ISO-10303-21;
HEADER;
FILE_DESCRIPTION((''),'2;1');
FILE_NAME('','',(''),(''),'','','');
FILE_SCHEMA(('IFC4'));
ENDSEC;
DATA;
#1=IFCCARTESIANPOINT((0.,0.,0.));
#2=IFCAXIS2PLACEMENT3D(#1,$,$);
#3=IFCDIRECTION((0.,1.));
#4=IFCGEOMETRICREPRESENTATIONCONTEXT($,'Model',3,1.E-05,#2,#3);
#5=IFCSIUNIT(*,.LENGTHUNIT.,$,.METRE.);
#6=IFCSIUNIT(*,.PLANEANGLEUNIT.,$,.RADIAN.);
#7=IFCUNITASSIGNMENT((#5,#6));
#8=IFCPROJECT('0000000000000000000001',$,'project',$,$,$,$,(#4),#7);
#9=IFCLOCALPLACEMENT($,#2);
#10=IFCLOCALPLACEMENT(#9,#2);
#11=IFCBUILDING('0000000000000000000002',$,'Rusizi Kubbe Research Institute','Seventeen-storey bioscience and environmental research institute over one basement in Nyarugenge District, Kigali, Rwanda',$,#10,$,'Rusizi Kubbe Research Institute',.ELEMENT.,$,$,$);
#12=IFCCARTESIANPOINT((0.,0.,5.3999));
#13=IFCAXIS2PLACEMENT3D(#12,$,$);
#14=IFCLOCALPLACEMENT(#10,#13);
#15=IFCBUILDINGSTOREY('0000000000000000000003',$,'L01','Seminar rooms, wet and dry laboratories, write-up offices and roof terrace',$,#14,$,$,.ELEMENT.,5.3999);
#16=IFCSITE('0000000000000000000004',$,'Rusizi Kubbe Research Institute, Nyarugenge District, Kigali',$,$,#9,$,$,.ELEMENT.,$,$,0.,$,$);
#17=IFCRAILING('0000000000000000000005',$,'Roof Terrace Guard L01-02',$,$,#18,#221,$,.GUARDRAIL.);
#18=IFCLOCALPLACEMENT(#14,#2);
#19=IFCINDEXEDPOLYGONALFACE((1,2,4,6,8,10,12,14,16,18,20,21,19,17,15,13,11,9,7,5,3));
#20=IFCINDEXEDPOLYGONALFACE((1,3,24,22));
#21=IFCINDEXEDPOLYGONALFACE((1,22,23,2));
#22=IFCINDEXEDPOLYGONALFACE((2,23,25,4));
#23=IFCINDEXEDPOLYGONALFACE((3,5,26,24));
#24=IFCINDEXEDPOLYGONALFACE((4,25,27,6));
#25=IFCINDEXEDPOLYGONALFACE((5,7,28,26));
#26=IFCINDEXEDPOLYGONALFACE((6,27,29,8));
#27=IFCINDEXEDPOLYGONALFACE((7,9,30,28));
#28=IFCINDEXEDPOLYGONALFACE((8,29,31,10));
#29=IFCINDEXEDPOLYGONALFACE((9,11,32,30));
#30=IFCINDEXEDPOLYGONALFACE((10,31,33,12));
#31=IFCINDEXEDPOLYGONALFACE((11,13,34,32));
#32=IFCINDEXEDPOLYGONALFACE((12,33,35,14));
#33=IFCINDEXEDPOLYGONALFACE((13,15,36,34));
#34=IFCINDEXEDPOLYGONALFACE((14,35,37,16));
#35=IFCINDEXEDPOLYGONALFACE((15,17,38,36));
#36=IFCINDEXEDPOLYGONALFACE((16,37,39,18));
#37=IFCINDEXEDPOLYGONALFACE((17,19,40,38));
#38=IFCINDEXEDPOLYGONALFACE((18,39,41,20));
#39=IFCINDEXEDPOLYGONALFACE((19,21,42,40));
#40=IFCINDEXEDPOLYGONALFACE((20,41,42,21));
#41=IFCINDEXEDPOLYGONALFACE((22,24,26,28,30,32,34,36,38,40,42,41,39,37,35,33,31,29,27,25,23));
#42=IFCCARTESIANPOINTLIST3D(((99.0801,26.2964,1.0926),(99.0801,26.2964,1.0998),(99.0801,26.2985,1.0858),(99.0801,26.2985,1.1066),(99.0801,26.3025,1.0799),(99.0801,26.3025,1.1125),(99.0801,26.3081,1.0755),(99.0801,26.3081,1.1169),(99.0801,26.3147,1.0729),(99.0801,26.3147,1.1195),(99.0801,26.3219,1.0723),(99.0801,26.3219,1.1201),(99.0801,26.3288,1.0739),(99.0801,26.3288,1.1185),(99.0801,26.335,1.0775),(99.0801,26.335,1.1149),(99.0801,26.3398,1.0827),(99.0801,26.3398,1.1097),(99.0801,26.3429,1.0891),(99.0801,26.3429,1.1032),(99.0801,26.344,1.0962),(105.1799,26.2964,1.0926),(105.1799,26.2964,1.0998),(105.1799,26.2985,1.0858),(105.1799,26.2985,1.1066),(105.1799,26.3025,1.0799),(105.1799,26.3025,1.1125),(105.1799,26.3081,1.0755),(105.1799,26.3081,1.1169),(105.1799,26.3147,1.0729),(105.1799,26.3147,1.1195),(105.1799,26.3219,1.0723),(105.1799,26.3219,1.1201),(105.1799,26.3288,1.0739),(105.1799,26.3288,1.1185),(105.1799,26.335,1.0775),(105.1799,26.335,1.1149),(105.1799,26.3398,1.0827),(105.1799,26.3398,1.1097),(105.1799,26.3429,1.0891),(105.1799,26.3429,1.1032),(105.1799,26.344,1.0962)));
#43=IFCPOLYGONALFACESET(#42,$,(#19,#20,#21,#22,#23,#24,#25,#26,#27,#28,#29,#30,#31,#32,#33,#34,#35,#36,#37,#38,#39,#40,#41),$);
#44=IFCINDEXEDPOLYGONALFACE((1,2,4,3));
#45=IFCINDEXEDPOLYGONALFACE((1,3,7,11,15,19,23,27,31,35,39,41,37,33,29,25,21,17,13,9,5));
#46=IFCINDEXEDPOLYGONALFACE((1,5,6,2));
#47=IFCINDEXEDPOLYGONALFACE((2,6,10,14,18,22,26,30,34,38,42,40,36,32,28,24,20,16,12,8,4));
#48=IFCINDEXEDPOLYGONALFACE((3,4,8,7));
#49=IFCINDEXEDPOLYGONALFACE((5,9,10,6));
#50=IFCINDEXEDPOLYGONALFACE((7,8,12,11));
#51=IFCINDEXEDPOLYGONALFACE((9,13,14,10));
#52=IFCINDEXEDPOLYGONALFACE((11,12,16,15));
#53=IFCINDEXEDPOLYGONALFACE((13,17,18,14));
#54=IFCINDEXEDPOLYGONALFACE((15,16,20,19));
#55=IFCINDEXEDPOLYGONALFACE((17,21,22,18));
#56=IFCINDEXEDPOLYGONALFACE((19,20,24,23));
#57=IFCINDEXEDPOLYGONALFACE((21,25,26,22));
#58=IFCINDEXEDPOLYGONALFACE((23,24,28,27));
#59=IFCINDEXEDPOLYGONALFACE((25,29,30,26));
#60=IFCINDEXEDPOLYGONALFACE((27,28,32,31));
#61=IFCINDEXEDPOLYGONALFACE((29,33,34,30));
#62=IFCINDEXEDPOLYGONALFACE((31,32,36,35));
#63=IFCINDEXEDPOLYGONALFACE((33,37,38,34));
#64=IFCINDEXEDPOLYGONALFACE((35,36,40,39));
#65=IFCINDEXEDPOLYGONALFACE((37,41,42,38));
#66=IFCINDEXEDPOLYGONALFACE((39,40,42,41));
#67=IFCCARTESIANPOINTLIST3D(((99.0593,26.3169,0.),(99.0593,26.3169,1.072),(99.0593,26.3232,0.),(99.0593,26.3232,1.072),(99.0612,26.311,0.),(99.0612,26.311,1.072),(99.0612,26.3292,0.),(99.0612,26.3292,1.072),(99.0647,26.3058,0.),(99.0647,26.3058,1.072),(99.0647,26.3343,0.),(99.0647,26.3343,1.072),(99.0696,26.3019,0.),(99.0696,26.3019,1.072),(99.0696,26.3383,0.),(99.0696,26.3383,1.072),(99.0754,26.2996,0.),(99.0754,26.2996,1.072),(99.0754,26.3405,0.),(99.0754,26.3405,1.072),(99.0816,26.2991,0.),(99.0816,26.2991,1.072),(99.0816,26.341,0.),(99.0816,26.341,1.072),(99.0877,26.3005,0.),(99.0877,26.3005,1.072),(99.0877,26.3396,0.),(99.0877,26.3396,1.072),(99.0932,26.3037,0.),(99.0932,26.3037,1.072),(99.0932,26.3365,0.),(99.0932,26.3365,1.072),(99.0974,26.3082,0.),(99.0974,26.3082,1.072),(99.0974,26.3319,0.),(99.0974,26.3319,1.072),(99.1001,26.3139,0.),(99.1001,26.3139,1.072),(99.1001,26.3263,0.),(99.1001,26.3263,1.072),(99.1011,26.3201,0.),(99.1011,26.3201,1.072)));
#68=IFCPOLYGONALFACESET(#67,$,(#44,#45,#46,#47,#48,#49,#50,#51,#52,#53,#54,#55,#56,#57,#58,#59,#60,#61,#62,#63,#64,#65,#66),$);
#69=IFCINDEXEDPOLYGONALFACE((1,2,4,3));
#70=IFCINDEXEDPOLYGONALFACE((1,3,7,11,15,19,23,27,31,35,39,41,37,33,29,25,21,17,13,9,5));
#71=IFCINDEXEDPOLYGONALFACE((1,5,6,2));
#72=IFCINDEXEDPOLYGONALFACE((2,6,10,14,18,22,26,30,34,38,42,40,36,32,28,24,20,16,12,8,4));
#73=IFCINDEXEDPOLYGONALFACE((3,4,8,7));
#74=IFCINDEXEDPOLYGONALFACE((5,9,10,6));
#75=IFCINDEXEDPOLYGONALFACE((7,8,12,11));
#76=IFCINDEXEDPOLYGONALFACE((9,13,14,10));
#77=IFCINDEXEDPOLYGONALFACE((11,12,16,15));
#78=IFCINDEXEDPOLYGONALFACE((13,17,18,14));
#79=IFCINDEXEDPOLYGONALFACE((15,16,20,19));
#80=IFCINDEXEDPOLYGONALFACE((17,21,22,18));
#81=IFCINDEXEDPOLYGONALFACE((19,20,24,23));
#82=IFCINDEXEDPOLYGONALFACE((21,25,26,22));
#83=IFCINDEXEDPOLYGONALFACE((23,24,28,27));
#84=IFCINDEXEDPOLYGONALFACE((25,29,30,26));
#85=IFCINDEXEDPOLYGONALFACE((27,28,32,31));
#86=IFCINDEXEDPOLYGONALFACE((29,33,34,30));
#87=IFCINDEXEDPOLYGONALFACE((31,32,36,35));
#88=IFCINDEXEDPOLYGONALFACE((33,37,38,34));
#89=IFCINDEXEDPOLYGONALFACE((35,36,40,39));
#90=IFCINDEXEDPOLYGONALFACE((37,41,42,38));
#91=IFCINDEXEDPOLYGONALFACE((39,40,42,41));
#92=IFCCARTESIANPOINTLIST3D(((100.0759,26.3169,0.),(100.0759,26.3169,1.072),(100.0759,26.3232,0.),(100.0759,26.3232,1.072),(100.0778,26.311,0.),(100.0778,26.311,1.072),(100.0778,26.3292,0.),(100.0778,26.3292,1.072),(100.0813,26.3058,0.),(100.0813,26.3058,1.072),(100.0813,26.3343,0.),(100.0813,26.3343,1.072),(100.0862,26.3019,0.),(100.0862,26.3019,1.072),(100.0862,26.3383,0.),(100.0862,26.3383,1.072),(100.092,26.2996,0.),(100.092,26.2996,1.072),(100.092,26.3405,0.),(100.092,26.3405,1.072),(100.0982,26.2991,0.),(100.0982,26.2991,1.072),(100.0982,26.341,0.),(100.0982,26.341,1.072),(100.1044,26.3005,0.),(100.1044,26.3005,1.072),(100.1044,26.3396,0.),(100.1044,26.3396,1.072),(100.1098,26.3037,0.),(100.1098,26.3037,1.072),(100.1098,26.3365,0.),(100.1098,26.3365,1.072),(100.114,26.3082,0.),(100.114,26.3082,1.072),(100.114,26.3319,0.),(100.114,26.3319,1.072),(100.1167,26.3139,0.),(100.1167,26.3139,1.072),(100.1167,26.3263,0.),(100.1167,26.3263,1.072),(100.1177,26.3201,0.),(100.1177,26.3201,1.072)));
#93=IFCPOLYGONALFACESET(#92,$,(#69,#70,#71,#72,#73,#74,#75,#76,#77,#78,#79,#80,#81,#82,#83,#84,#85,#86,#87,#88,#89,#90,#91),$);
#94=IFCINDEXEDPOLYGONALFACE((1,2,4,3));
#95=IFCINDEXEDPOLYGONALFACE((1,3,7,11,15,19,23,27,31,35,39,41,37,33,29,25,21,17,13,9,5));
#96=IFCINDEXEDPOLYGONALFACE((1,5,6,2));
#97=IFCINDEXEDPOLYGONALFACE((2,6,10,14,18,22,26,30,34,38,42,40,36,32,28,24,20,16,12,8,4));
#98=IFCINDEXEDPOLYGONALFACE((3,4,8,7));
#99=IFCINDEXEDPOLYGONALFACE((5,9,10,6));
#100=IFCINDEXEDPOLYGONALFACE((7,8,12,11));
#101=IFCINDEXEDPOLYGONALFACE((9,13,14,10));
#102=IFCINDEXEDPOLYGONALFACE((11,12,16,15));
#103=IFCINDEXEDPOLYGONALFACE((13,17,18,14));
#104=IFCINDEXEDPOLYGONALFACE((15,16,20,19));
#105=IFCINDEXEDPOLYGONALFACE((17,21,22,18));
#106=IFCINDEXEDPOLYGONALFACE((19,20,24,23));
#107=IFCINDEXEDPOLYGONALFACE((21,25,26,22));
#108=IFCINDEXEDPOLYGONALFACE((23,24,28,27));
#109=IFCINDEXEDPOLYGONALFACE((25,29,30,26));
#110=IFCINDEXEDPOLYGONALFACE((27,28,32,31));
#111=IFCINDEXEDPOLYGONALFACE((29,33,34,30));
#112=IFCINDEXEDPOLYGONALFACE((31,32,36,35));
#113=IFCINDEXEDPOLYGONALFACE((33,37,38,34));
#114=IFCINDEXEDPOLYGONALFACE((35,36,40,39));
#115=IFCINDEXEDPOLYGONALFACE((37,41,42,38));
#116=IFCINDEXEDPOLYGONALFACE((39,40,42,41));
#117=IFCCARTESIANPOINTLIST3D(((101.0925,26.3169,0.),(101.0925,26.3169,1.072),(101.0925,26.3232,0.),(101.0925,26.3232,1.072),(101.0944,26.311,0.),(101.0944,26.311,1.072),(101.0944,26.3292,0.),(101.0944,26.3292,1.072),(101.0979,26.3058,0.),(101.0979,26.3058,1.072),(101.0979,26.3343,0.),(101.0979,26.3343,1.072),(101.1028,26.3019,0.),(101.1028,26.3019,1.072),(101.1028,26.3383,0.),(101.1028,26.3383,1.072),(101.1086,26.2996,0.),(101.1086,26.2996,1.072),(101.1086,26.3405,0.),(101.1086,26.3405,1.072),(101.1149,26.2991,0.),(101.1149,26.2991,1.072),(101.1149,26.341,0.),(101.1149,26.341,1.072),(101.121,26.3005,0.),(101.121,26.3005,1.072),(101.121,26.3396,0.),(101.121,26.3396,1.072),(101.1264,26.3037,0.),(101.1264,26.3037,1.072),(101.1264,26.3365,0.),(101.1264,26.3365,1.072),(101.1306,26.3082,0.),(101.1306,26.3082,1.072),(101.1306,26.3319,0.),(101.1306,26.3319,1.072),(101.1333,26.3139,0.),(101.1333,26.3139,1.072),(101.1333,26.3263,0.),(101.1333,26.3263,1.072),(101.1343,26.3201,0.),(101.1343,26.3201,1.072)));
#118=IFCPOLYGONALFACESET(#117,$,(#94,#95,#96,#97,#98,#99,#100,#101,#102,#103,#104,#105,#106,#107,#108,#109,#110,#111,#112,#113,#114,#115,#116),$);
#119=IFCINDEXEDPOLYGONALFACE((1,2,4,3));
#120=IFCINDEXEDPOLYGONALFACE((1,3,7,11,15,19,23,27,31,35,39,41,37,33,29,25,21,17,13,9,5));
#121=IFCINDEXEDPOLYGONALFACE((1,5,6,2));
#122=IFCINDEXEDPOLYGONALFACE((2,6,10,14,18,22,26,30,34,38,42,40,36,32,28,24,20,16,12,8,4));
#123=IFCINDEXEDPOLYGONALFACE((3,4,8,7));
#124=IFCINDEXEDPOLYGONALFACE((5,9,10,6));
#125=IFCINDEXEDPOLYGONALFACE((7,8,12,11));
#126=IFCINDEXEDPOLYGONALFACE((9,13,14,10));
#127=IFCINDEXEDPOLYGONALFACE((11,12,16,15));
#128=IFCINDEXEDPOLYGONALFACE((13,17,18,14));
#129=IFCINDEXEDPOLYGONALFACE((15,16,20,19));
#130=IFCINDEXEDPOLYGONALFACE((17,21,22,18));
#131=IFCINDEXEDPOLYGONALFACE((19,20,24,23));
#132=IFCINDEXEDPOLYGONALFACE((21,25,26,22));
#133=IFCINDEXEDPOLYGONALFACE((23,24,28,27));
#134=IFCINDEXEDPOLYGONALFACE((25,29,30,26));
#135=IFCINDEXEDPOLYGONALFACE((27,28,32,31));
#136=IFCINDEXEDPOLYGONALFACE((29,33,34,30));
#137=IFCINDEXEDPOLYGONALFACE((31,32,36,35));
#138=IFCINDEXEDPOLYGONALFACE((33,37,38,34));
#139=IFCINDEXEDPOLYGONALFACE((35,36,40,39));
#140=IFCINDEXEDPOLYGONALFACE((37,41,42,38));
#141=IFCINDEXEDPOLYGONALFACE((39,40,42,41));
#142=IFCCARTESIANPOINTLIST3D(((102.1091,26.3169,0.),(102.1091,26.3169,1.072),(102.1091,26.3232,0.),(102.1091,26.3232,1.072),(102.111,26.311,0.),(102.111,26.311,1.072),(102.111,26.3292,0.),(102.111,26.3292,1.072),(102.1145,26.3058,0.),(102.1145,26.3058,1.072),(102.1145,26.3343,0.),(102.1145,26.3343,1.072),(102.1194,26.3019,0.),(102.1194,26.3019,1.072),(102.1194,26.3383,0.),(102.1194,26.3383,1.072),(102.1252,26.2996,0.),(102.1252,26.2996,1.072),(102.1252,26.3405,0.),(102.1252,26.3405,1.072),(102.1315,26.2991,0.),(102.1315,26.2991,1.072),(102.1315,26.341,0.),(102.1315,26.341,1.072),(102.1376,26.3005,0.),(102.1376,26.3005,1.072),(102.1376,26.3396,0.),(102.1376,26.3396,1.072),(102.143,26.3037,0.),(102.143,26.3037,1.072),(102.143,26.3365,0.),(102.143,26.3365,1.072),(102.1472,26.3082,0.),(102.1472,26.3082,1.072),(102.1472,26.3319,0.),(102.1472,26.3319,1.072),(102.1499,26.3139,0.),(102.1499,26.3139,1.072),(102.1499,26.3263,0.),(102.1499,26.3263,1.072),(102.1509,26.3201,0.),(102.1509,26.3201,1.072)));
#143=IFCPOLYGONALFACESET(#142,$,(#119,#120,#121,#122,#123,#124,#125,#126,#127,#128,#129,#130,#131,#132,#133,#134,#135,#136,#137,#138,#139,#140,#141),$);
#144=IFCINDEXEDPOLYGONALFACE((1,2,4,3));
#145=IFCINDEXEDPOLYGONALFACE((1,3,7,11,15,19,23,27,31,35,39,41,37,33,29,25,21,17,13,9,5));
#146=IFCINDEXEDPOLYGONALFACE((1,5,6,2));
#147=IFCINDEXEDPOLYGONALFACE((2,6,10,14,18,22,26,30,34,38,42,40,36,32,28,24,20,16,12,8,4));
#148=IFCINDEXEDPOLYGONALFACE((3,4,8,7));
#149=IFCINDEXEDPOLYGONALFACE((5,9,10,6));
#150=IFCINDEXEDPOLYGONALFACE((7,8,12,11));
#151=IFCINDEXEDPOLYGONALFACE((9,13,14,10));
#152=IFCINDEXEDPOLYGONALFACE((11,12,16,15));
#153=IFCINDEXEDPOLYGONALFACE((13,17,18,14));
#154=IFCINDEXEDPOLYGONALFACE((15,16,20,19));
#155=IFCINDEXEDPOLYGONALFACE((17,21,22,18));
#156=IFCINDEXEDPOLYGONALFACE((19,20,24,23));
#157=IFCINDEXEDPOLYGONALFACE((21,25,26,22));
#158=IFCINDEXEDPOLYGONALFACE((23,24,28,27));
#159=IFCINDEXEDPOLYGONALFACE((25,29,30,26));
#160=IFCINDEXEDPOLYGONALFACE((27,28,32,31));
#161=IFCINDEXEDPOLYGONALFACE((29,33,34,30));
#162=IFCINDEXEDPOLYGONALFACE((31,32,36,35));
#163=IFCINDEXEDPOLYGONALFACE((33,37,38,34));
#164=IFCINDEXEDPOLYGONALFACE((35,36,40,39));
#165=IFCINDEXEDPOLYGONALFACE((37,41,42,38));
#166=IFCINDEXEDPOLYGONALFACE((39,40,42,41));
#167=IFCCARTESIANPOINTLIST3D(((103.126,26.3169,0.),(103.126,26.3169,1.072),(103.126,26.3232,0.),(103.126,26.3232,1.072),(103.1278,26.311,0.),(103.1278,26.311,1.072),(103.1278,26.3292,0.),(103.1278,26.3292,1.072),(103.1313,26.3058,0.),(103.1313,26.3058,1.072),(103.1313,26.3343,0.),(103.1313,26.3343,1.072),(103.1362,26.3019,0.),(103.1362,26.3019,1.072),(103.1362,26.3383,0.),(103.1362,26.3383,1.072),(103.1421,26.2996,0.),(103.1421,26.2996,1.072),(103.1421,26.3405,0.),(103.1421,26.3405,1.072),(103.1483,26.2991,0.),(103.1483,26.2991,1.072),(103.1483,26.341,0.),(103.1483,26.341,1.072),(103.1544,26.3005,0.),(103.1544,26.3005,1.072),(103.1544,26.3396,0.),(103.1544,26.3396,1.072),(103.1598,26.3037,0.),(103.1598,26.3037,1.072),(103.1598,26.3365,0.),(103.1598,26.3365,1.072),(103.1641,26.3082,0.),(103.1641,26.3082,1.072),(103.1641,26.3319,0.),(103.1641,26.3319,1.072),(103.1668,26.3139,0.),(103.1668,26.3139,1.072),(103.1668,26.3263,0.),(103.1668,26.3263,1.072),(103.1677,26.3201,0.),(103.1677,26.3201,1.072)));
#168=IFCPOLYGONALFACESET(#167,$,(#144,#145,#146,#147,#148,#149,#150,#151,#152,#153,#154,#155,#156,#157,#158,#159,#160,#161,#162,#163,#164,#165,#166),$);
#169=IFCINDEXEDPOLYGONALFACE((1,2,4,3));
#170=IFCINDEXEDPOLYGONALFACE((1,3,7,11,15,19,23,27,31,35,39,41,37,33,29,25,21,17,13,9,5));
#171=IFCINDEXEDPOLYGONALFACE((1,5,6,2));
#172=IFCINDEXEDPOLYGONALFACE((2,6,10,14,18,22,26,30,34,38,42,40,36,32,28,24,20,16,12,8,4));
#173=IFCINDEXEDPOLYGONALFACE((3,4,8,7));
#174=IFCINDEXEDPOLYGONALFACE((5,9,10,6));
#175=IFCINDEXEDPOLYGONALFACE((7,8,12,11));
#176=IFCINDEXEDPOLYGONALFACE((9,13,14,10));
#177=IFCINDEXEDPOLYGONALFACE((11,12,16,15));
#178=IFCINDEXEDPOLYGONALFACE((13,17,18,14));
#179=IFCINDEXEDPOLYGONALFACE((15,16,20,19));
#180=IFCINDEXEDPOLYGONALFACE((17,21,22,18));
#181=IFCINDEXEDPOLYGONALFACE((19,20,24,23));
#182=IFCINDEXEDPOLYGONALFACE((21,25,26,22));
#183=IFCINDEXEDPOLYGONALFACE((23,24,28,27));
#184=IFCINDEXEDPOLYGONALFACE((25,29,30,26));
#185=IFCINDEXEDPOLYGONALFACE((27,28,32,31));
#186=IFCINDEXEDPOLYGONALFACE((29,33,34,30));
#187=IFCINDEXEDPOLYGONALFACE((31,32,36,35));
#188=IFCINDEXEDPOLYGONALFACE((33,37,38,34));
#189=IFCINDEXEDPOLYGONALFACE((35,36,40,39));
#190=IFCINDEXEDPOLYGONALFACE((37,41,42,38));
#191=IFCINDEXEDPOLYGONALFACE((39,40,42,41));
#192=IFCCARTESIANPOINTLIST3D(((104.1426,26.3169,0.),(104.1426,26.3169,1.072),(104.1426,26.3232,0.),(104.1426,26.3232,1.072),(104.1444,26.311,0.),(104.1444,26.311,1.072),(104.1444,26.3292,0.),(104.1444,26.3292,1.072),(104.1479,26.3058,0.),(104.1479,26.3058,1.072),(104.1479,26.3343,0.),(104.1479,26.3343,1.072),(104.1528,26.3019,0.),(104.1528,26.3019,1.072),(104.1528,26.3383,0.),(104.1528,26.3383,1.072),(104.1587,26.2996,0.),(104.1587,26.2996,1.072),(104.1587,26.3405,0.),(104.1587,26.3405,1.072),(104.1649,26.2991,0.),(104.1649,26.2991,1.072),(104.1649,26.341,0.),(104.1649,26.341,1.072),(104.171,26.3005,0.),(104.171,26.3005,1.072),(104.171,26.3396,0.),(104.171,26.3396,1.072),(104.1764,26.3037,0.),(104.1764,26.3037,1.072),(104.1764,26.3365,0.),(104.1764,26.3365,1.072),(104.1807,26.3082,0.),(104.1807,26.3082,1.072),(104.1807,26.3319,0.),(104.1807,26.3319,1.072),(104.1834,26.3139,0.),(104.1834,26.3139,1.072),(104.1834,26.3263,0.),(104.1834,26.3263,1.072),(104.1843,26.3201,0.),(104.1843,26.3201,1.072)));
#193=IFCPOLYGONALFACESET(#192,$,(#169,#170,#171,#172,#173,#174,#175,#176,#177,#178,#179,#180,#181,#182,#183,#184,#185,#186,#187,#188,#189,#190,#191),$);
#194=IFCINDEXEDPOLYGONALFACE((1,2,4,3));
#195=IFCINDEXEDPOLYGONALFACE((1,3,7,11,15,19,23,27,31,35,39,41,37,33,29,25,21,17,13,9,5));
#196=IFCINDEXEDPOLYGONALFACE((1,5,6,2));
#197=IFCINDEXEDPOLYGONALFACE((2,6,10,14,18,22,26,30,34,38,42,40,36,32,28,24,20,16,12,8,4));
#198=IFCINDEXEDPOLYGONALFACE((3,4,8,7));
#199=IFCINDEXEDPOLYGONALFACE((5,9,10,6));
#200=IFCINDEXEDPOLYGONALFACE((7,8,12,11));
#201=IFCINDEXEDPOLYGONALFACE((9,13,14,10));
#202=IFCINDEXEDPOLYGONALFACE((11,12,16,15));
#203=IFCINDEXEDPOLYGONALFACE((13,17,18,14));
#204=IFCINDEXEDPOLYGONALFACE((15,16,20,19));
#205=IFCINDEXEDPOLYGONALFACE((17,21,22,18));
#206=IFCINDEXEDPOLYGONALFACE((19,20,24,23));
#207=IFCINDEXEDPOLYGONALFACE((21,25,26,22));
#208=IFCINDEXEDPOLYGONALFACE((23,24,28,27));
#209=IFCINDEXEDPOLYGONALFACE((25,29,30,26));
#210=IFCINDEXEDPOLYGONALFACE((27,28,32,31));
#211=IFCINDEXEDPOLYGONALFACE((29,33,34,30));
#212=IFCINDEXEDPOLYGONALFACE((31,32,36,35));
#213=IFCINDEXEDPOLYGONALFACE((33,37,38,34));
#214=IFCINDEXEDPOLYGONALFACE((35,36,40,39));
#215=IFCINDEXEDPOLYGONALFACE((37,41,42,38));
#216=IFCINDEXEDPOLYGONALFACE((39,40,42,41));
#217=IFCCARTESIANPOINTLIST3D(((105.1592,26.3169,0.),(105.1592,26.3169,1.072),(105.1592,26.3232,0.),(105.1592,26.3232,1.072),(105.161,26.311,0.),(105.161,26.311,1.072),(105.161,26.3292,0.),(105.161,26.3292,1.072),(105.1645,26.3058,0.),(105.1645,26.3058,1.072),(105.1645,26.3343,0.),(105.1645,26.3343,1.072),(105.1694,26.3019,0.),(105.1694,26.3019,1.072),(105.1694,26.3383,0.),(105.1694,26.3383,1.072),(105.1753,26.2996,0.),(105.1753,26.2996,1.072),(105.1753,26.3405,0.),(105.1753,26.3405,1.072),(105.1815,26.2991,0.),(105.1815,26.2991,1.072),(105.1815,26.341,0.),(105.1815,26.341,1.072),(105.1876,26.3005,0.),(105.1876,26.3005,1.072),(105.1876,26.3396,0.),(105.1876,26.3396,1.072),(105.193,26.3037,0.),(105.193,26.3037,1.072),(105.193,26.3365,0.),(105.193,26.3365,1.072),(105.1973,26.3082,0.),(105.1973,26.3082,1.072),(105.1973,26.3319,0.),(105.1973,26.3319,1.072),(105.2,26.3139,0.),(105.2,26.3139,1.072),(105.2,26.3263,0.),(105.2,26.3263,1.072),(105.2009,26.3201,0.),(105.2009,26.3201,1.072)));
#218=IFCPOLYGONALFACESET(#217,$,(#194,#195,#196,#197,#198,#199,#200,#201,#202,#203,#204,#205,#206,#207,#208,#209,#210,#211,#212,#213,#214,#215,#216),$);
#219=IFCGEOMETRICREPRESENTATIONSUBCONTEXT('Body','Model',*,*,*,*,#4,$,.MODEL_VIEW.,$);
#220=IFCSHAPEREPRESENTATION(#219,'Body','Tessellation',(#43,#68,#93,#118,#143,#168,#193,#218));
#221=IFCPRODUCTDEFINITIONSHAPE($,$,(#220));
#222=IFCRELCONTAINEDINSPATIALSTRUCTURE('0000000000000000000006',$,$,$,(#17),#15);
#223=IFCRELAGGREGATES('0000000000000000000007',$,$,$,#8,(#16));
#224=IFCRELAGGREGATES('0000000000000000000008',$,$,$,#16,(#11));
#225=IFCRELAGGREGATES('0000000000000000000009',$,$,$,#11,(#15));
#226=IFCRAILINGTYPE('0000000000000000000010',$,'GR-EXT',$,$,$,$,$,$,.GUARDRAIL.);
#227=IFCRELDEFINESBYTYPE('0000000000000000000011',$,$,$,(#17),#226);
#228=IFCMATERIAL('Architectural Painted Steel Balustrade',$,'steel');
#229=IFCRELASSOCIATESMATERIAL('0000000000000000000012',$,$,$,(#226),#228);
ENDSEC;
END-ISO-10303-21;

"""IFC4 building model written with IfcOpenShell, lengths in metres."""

from ifc_helpers import new_model, si_unit, direction, frame, origin, origin_2d, place, context, subcontext, project, spatial, circle, extrude, material, type_object, element, save


model = new_model("IFC4")

# Units and contexts
model_context = context("Model", 3, precision=1e-05, world=origin(), true_north=direction((0.0, 1.0)))
body_context = subcontext(model_context, "Body", "Model", "MODEL_VIEW")
ifc_project = project(units=[si_unit("LENGTHUNIT", "METRE"), si_unit("PLANEANGLEUNIT", "RADIAN")], contexts=[model_context])

# Site, building, storey
site_placement = place(None, origin())
site = spatial("IfcSite", under=ifc_project, at=site_placement, Name="Rusizi Kubbe Research Institute, Nyarugenge District, Kigali", CompositionType="ELEMENT", RefElevation=0.0)
building_placement = place(site_placement, origin())
building = spatial("IfcBuilding", under=site, at=building_placement, Name="Rusizi Kubbe Research Institute", Description="Seventeen-storey bioscience and environmental research institute over one basement in Nyarugenge District, Kigali, Rwanda", LongName="Rusizi Kubbe Research Institute", CompositionType="ELEMENT")
storey_placement = place(building_placement, frame((0.0, 0.0, 5.3999)))
storey = spatial("IfcBuildingStorey", under=building, at=storey_placement, Name="L01", Description="Seminar rooms, wet and dry laboratories, write-up offices and roof terrace", CompositionType="ELEMENT", Elevation=5.3999)

# Railing
ifc_material_1 = material(Name="Architectural Painted Steel Balustrade", Category="steel")
railing_type_1 = type_object("IfcRailingType", Name="GR-EXT", PredefinedType="GUARDRAIL", material=ifc_material_1)
railing_1_placement = place(storey_placement, frame((99.0801, 26.3201, 0.0)))
element("IfcRailing", 1, at=railing_1_placement, inside=storey, type_object=railing_type_1, Name="Roof Terrace Guard L01-02", PredefinedType="GUARDRAIL", context=body_context, shape_type="SweptSolid", body=[
    extrude(circle(Radius=0.0239, at=origin_2d()), frame((0.0, 0.0, 1.0962), z_axis=(1.0, 0.0, 0.0), x_axis=(0.0, 1.0, 0.0)), (0.0, 0.0, 1.0), 6.0999),
    extrude(circle(Radius=0.021, at=origin_2d()), origin(), (0.0, 0.0, 1.0), 1.072),
    extrude(circle(Radius=0.021, at=origin_2d()), frame((1.0166, 0.0, 0.0)), (0.0, 0.0, 1.0), 1.072),
    extrude(circle(Radius=0.021, at=origin_2d()), frame((2.0332, 0.0, 0.0)), (0.0, 0.0, 1.0), 1.072),
    extrude(circle(Radius=0.021, at=origin_2d()), frame((3.0498, 0.0, 0.0)), (0.0, 0.0, 1.0), 1.072),
    extrude(circle(Radius=0.021, at=origin_2d()), frame((4.0667, 0.0, 0.0)), (0.0, 0.0, 1.0), 1.072),
    extrude(circle(Radius=0.021, at=origin_2d()), frame((5.0833, 0.0, 0.0)), (0.0, 0.0, 1.0), 1.072),
    extrude(circle(Radius=0.021, at=origin_2d()), frame((6.0999, 0.0, 0.0)), (0.0, 0.0, 1.0), 1.072),
])

save(model, "model.ifc")
